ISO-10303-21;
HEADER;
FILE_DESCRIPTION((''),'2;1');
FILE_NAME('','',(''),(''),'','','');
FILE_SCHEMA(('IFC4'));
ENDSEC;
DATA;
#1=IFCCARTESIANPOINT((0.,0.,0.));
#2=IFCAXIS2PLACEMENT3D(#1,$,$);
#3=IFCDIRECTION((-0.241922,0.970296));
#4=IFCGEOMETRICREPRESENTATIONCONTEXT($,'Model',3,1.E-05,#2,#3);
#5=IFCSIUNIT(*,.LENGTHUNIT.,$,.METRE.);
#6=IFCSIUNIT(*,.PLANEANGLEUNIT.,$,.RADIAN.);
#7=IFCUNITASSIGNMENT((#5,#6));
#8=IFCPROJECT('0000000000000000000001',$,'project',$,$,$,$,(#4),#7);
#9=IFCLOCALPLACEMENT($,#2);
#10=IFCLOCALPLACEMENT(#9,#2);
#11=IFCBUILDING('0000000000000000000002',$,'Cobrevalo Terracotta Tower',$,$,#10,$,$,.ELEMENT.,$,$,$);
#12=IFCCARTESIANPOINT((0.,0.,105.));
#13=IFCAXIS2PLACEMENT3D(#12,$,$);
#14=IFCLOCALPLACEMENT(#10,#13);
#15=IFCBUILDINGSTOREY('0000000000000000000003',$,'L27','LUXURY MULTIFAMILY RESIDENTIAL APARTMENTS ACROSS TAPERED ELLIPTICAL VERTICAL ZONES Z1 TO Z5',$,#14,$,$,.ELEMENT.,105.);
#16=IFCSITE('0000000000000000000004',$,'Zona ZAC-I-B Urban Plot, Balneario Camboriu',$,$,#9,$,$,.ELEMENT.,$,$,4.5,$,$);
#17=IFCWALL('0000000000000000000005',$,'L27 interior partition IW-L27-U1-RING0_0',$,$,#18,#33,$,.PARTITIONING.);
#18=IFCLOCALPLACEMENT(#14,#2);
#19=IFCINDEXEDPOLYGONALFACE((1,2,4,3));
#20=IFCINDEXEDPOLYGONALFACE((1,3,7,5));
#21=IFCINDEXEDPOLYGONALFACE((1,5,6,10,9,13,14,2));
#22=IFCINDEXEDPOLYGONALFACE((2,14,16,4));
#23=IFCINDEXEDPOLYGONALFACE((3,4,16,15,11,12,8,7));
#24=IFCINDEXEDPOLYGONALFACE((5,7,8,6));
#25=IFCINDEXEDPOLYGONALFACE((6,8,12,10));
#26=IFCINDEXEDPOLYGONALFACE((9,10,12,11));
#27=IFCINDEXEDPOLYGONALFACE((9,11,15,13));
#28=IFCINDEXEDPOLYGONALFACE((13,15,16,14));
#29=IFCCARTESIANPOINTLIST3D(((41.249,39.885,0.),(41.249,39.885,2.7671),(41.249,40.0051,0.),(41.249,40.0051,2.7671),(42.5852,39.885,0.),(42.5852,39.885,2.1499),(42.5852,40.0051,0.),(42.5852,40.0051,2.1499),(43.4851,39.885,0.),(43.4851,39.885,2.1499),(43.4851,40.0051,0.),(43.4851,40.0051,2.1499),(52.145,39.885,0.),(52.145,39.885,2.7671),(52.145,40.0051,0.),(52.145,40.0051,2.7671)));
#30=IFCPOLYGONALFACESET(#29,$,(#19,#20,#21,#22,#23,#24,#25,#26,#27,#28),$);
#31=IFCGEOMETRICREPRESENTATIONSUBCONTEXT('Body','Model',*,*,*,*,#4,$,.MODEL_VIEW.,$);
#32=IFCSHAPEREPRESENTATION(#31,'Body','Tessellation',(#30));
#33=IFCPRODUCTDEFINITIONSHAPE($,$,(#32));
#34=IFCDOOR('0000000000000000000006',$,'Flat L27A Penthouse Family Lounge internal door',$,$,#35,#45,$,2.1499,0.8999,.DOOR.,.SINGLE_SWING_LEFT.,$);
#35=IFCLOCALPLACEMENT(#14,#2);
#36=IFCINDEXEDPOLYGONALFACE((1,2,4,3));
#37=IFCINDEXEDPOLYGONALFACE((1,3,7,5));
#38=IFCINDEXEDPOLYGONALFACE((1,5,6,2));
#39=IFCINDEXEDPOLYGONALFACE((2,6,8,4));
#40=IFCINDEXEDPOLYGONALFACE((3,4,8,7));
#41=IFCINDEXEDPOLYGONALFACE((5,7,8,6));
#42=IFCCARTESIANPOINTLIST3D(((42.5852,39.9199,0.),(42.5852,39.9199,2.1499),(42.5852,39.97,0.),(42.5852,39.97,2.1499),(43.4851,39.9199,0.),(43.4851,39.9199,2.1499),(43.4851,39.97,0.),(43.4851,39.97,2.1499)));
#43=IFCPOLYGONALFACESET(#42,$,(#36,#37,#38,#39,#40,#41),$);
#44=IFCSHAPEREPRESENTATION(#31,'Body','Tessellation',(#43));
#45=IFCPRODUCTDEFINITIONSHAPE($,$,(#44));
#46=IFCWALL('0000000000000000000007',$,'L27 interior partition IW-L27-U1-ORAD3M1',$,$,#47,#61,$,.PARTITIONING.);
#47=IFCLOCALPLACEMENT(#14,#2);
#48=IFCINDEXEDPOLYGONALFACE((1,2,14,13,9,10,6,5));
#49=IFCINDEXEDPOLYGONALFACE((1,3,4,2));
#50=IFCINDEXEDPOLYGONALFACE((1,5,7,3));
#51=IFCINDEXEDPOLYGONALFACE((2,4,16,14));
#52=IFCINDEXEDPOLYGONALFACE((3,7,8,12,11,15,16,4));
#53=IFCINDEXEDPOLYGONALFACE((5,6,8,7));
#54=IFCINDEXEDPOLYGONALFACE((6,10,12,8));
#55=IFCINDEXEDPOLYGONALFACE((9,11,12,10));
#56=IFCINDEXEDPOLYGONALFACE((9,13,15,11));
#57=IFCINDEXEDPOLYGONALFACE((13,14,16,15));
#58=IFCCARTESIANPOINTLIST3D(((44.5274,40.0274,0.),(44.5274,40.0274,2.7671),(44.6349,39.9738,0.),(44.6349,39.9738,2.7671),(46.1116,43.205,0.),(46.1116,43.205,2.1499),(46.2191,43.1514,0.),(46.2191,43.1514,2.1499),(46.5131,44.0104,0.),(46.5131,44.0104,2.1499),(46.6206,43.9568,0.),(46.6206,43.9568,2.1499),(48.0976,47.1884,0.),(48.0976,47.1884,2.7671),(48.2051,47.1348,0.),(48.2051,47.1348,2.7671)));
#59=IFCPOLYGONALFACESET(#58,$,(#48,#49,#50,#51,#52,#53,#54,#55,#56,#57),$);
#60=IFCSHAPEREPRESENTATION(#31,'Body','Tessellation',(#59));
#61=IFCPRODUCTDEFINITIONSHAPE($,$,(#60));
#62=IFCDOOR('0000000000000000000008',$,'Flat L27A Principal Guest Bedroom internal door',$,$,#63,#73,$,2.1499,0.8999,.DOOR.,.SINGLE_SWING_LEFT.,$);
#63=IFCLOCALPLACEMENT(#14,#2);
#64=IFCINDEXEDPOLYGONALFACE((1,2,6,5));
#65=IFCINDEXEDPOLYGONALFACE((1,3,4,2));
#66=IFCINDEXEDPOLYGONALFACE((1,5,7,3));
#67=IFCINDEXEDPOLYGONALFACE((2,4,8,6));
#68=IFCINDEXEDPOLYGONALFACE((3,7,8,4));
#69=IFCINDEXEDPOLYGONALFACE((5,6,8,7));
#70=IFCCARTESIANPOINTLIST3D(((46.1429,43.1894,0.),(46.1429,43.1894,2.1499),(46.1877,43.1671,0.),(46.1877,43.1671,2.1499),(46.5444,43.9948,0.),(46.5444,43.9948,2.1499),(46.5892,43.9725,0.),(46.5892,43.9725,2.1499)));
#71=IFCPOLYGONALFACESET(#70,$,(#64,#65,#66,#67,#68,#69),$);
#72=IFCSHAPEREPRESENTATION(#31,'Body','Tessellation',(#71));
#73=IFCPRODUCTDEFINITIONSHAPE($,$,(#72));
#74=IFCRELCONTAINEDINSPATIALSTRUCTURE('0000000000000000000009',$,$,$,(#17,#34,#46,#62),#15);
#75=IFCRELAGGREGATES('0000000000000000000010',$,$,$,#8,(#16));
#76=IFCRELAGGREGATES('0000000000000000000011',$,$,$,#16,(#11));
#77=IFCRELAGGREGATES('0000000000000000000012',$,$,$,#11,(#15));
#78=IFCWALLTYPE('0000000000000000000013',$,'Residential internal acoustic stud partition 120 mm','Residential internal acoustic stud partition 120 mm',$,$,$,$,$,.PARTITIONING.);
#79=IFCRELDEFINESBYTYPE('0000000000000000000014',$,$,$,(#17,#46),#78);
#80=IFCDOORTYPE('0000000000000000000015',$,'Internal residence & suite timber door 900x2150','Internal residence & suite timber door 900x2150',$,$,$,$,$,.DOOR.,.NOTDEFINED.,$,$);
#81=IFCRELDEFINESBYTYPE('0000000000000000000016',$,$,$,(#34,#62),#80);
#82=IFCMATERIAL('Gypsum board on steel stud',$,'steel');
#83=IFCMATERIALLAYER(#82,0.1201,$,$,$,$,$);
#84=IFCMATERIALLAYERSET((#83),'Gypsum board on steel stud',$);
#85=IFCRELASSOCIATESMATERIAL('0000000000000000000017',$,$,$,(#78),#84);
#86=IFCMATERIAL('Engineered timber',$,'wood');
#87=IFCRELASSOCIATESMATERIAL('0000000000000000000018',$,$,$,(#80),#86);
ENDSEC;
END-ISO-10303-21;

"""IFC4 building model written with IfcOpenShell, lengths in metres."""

from ifc_helpers import new_model, si_unit, direction, frame, frame_2d, origin, place, context, subcontext, project, spatial, rectangle, extrude, source, transform, mapped, material, layer, layer_set, type_object, element, fill, save


model = new_model("IFC4")

# Units and contexts
model_context = context("Model", 3, precision=1e-05, world=origin(), true_north=direction((-0.241922, 0.970296)))
body_context = subcontext(model_context, "Body", "Model", "MODEL_VIEW")
ifc_project = project(units=[si_unit("LENGTHUNIT", "METRE"), si_unit("PLANEANGLEUNIT", "RADIAN")], contexts=[model_context])

# Site, building, storey
site_placement = place(None, origin())
site = spatial("IfcSite", under=ifc_project, at=site_placement, Name="Zona ZAC-I-B Urban Plot, Balneario Camboriu", CompositionType="ELEMENT", RefElevation=4.5)
building_placement = place(site_placement, origin())
building = spatial("IfcBuilding", under=site, at=building_placement, Name="Cobrevalo Terracotta Tower", CompositionType="ELEMENT")
storey_placement = place(building_placement, frame((0.0, 0.0, 105.0)))
storey = spatial("IfcBuildingStorey", under=building, at=storey_placement, Name="L27", Description="LUXURY MULTIFAMILY RESIDENTIAL APARTMENTS ACROSS TAPERED ELLIPTICAL VERTICAL ZONES Z1 TO Z5", CompositionType="ELEMENT", Elevation=105.0)

# Shared definitions
ifc_material_1 = material(Name="Gypsum board on steel stud", Category="steel")

# Walls, openings, doors
ifc_layer_1 = layer(ifc_material_1, 0.1201)
ifc_layer_set_1 = layer_set([ifc_layer_1], Name="Gypsum board on steel stud")
wall_type_1 = type_object("IfcWallType", Name="Residential internal acoustic stud partition 120 mm", Description="Residential internal acoustic stud partition 120 mm", PredefinedType="PARTITIONING", material=ifc_layer_set_1)
wall_1_placement = place(storey_placement, frame((41.249, 39.9451, 0.0), z_axis=(0.0, 0.0, 1.0), x_axis=(1.0, 0.0, 0.0)))
wall_1 = element("IfcWall", 1, at=wall_1_placement, inside=storey, type_object=wall_type_1, Name="L27 interior partition IW-L27-U1-RING0_0", PredefinedType="PARTITIONING", context=body_context, shape_type="SweptSolid", body=[
    extrude(rectangle(XDim=10.896, YDim=0.1201, at=frame_2d((5.448, 0.0))), origin(), (0.0, 0.0, 1.0), 2.7671),
])
opening_1_placement = place(wall_1_placement, frame((1.3362, 0.0, 0.0)))
opening_1 = element("IfcOpeningElement", 2, at=opening_1_placement, cuts=wall_1, PredefinedType="OPENING", context=body_context, shape_type="SweptSolid", body=[
    extrude(rectangle(XDim=0.8999, YDim=2.1499, at=frame_2d((0.45, 1.075))), frame((0.0, 0.0701, 0.0), z_axis=(0.0, -1.0, 0.0), x_axis=(1.0, 0.0, 0.0)), (0.0, 0.0, 1.0), 0.1401),
])
ifc_material_2 = material(Name="Engineered timber", Category="wood")
door_type_1 = type_object("IfcDoorType", Name="Internal residence & suite timber door 900x2150", Description="Internal residence & suite timber door 900x2150", OperationType="NOTDEFINED", PredefinedType="DOOR", material=ifc_material_2)
shared_shape_1 = source(origin(), body_context, "Body", "SweptSolid", [
    extrude(rectangle(XDim=0.8999, YDim=2.1499, at=frame_2d((0.45, 1.075))), frame((0.0, 0.0249, 0.0), z_axis=(0.0, -1.0, 0.0), x_axis=(1.0, 0.0, 0.0)), (0.0, 0.0, 1.0), 0.05),
])
door_1_placement = place(opening_1_placement, origin())
door_1 = element("IfcDoor", 3, at=door_1_placement, inside=storey, type_object=door_type_1, Name="Flat L27A Penthouse Family Lounge internal door", OperationType="SINGLE_SWING_LEFT", OverallHeight=2.1499, OverallWidth=0.8999, PredefinedType="DOOR", context=body_context, shape_type="MappedRepresentation", body=[
    mapped(shared_shape_1, transform((0.0, 0.0, 0.0), scale=1.0)),
])
fill(opening_1, door_1)
wall_2_placement = place(storey_placement, frame((44.5811, 40.0005, 0.0), z_axis=(0.0, 0.0, 1.0), x_axis=(0.446188, 0.894939, 0.0)))
wall_2 = element("IfcWall", 4, at=wall_2_placement, inside=storey, type_object=wall_type_1, Name="L27 interior partition IW-L27-U1-ORAD3M1", PredefinedType="PARTITIONING", context=body_context, shape_type="SweptSolid", body=[
    extrude(rectangle(XDim=8.0017, YDim=0.1201, at=frame_2d((4.001, 0.0))), origin(), (0.0, 0.0, 1.0), 2.7671),
])
opening_2_placement = place(wall_2_placement, frame((3.5508, 0.0, 0.0)))
opening_2 = element("IfcOpeningElement", 5, at=opening_2_placement, cuts=wall_2, PredefinedType="OPENING", context=body_context, shape_type="SweptSolid", body=[
    extrude(rectangle(XDim=0.8999, YDim=2.1499, at=frame_2d((0.45, 1.075))), frame((0.0, 0.0701, 0.0), z_axis=(0.0, -1.0, 0.0), x_axis=(1.0, 0.0, 0.0)), (0.0, 0.0, 1.0), 0.1401),
])
door_2_placement = place(opening_2_placement, frame((0.8999, 0.0, 0.0), z_axis=(0.0, 0.0, 1.0), x_axis=(-1.0, 0.0, 0.0)))
door_2 = element("IfcDoor", 6, at=door_2_placement, inside=storey, type_object=door_type_1, Name="Flat L27A Principal Guest Bedroom internal door", OperationType="SINGLE_SWING_LEFT", OverallHeight=2.1499, OverallWidth=0.8999, PredefinedType="DOOR", context=body_context, shape_type="MappedRepresentation", body=[
    mapped(shared_shape_1, transform((0.0, 0.0, 0.0), scale=1.0)),
])
fill(opening_2, door_2)

save(model, "model.ifc")
